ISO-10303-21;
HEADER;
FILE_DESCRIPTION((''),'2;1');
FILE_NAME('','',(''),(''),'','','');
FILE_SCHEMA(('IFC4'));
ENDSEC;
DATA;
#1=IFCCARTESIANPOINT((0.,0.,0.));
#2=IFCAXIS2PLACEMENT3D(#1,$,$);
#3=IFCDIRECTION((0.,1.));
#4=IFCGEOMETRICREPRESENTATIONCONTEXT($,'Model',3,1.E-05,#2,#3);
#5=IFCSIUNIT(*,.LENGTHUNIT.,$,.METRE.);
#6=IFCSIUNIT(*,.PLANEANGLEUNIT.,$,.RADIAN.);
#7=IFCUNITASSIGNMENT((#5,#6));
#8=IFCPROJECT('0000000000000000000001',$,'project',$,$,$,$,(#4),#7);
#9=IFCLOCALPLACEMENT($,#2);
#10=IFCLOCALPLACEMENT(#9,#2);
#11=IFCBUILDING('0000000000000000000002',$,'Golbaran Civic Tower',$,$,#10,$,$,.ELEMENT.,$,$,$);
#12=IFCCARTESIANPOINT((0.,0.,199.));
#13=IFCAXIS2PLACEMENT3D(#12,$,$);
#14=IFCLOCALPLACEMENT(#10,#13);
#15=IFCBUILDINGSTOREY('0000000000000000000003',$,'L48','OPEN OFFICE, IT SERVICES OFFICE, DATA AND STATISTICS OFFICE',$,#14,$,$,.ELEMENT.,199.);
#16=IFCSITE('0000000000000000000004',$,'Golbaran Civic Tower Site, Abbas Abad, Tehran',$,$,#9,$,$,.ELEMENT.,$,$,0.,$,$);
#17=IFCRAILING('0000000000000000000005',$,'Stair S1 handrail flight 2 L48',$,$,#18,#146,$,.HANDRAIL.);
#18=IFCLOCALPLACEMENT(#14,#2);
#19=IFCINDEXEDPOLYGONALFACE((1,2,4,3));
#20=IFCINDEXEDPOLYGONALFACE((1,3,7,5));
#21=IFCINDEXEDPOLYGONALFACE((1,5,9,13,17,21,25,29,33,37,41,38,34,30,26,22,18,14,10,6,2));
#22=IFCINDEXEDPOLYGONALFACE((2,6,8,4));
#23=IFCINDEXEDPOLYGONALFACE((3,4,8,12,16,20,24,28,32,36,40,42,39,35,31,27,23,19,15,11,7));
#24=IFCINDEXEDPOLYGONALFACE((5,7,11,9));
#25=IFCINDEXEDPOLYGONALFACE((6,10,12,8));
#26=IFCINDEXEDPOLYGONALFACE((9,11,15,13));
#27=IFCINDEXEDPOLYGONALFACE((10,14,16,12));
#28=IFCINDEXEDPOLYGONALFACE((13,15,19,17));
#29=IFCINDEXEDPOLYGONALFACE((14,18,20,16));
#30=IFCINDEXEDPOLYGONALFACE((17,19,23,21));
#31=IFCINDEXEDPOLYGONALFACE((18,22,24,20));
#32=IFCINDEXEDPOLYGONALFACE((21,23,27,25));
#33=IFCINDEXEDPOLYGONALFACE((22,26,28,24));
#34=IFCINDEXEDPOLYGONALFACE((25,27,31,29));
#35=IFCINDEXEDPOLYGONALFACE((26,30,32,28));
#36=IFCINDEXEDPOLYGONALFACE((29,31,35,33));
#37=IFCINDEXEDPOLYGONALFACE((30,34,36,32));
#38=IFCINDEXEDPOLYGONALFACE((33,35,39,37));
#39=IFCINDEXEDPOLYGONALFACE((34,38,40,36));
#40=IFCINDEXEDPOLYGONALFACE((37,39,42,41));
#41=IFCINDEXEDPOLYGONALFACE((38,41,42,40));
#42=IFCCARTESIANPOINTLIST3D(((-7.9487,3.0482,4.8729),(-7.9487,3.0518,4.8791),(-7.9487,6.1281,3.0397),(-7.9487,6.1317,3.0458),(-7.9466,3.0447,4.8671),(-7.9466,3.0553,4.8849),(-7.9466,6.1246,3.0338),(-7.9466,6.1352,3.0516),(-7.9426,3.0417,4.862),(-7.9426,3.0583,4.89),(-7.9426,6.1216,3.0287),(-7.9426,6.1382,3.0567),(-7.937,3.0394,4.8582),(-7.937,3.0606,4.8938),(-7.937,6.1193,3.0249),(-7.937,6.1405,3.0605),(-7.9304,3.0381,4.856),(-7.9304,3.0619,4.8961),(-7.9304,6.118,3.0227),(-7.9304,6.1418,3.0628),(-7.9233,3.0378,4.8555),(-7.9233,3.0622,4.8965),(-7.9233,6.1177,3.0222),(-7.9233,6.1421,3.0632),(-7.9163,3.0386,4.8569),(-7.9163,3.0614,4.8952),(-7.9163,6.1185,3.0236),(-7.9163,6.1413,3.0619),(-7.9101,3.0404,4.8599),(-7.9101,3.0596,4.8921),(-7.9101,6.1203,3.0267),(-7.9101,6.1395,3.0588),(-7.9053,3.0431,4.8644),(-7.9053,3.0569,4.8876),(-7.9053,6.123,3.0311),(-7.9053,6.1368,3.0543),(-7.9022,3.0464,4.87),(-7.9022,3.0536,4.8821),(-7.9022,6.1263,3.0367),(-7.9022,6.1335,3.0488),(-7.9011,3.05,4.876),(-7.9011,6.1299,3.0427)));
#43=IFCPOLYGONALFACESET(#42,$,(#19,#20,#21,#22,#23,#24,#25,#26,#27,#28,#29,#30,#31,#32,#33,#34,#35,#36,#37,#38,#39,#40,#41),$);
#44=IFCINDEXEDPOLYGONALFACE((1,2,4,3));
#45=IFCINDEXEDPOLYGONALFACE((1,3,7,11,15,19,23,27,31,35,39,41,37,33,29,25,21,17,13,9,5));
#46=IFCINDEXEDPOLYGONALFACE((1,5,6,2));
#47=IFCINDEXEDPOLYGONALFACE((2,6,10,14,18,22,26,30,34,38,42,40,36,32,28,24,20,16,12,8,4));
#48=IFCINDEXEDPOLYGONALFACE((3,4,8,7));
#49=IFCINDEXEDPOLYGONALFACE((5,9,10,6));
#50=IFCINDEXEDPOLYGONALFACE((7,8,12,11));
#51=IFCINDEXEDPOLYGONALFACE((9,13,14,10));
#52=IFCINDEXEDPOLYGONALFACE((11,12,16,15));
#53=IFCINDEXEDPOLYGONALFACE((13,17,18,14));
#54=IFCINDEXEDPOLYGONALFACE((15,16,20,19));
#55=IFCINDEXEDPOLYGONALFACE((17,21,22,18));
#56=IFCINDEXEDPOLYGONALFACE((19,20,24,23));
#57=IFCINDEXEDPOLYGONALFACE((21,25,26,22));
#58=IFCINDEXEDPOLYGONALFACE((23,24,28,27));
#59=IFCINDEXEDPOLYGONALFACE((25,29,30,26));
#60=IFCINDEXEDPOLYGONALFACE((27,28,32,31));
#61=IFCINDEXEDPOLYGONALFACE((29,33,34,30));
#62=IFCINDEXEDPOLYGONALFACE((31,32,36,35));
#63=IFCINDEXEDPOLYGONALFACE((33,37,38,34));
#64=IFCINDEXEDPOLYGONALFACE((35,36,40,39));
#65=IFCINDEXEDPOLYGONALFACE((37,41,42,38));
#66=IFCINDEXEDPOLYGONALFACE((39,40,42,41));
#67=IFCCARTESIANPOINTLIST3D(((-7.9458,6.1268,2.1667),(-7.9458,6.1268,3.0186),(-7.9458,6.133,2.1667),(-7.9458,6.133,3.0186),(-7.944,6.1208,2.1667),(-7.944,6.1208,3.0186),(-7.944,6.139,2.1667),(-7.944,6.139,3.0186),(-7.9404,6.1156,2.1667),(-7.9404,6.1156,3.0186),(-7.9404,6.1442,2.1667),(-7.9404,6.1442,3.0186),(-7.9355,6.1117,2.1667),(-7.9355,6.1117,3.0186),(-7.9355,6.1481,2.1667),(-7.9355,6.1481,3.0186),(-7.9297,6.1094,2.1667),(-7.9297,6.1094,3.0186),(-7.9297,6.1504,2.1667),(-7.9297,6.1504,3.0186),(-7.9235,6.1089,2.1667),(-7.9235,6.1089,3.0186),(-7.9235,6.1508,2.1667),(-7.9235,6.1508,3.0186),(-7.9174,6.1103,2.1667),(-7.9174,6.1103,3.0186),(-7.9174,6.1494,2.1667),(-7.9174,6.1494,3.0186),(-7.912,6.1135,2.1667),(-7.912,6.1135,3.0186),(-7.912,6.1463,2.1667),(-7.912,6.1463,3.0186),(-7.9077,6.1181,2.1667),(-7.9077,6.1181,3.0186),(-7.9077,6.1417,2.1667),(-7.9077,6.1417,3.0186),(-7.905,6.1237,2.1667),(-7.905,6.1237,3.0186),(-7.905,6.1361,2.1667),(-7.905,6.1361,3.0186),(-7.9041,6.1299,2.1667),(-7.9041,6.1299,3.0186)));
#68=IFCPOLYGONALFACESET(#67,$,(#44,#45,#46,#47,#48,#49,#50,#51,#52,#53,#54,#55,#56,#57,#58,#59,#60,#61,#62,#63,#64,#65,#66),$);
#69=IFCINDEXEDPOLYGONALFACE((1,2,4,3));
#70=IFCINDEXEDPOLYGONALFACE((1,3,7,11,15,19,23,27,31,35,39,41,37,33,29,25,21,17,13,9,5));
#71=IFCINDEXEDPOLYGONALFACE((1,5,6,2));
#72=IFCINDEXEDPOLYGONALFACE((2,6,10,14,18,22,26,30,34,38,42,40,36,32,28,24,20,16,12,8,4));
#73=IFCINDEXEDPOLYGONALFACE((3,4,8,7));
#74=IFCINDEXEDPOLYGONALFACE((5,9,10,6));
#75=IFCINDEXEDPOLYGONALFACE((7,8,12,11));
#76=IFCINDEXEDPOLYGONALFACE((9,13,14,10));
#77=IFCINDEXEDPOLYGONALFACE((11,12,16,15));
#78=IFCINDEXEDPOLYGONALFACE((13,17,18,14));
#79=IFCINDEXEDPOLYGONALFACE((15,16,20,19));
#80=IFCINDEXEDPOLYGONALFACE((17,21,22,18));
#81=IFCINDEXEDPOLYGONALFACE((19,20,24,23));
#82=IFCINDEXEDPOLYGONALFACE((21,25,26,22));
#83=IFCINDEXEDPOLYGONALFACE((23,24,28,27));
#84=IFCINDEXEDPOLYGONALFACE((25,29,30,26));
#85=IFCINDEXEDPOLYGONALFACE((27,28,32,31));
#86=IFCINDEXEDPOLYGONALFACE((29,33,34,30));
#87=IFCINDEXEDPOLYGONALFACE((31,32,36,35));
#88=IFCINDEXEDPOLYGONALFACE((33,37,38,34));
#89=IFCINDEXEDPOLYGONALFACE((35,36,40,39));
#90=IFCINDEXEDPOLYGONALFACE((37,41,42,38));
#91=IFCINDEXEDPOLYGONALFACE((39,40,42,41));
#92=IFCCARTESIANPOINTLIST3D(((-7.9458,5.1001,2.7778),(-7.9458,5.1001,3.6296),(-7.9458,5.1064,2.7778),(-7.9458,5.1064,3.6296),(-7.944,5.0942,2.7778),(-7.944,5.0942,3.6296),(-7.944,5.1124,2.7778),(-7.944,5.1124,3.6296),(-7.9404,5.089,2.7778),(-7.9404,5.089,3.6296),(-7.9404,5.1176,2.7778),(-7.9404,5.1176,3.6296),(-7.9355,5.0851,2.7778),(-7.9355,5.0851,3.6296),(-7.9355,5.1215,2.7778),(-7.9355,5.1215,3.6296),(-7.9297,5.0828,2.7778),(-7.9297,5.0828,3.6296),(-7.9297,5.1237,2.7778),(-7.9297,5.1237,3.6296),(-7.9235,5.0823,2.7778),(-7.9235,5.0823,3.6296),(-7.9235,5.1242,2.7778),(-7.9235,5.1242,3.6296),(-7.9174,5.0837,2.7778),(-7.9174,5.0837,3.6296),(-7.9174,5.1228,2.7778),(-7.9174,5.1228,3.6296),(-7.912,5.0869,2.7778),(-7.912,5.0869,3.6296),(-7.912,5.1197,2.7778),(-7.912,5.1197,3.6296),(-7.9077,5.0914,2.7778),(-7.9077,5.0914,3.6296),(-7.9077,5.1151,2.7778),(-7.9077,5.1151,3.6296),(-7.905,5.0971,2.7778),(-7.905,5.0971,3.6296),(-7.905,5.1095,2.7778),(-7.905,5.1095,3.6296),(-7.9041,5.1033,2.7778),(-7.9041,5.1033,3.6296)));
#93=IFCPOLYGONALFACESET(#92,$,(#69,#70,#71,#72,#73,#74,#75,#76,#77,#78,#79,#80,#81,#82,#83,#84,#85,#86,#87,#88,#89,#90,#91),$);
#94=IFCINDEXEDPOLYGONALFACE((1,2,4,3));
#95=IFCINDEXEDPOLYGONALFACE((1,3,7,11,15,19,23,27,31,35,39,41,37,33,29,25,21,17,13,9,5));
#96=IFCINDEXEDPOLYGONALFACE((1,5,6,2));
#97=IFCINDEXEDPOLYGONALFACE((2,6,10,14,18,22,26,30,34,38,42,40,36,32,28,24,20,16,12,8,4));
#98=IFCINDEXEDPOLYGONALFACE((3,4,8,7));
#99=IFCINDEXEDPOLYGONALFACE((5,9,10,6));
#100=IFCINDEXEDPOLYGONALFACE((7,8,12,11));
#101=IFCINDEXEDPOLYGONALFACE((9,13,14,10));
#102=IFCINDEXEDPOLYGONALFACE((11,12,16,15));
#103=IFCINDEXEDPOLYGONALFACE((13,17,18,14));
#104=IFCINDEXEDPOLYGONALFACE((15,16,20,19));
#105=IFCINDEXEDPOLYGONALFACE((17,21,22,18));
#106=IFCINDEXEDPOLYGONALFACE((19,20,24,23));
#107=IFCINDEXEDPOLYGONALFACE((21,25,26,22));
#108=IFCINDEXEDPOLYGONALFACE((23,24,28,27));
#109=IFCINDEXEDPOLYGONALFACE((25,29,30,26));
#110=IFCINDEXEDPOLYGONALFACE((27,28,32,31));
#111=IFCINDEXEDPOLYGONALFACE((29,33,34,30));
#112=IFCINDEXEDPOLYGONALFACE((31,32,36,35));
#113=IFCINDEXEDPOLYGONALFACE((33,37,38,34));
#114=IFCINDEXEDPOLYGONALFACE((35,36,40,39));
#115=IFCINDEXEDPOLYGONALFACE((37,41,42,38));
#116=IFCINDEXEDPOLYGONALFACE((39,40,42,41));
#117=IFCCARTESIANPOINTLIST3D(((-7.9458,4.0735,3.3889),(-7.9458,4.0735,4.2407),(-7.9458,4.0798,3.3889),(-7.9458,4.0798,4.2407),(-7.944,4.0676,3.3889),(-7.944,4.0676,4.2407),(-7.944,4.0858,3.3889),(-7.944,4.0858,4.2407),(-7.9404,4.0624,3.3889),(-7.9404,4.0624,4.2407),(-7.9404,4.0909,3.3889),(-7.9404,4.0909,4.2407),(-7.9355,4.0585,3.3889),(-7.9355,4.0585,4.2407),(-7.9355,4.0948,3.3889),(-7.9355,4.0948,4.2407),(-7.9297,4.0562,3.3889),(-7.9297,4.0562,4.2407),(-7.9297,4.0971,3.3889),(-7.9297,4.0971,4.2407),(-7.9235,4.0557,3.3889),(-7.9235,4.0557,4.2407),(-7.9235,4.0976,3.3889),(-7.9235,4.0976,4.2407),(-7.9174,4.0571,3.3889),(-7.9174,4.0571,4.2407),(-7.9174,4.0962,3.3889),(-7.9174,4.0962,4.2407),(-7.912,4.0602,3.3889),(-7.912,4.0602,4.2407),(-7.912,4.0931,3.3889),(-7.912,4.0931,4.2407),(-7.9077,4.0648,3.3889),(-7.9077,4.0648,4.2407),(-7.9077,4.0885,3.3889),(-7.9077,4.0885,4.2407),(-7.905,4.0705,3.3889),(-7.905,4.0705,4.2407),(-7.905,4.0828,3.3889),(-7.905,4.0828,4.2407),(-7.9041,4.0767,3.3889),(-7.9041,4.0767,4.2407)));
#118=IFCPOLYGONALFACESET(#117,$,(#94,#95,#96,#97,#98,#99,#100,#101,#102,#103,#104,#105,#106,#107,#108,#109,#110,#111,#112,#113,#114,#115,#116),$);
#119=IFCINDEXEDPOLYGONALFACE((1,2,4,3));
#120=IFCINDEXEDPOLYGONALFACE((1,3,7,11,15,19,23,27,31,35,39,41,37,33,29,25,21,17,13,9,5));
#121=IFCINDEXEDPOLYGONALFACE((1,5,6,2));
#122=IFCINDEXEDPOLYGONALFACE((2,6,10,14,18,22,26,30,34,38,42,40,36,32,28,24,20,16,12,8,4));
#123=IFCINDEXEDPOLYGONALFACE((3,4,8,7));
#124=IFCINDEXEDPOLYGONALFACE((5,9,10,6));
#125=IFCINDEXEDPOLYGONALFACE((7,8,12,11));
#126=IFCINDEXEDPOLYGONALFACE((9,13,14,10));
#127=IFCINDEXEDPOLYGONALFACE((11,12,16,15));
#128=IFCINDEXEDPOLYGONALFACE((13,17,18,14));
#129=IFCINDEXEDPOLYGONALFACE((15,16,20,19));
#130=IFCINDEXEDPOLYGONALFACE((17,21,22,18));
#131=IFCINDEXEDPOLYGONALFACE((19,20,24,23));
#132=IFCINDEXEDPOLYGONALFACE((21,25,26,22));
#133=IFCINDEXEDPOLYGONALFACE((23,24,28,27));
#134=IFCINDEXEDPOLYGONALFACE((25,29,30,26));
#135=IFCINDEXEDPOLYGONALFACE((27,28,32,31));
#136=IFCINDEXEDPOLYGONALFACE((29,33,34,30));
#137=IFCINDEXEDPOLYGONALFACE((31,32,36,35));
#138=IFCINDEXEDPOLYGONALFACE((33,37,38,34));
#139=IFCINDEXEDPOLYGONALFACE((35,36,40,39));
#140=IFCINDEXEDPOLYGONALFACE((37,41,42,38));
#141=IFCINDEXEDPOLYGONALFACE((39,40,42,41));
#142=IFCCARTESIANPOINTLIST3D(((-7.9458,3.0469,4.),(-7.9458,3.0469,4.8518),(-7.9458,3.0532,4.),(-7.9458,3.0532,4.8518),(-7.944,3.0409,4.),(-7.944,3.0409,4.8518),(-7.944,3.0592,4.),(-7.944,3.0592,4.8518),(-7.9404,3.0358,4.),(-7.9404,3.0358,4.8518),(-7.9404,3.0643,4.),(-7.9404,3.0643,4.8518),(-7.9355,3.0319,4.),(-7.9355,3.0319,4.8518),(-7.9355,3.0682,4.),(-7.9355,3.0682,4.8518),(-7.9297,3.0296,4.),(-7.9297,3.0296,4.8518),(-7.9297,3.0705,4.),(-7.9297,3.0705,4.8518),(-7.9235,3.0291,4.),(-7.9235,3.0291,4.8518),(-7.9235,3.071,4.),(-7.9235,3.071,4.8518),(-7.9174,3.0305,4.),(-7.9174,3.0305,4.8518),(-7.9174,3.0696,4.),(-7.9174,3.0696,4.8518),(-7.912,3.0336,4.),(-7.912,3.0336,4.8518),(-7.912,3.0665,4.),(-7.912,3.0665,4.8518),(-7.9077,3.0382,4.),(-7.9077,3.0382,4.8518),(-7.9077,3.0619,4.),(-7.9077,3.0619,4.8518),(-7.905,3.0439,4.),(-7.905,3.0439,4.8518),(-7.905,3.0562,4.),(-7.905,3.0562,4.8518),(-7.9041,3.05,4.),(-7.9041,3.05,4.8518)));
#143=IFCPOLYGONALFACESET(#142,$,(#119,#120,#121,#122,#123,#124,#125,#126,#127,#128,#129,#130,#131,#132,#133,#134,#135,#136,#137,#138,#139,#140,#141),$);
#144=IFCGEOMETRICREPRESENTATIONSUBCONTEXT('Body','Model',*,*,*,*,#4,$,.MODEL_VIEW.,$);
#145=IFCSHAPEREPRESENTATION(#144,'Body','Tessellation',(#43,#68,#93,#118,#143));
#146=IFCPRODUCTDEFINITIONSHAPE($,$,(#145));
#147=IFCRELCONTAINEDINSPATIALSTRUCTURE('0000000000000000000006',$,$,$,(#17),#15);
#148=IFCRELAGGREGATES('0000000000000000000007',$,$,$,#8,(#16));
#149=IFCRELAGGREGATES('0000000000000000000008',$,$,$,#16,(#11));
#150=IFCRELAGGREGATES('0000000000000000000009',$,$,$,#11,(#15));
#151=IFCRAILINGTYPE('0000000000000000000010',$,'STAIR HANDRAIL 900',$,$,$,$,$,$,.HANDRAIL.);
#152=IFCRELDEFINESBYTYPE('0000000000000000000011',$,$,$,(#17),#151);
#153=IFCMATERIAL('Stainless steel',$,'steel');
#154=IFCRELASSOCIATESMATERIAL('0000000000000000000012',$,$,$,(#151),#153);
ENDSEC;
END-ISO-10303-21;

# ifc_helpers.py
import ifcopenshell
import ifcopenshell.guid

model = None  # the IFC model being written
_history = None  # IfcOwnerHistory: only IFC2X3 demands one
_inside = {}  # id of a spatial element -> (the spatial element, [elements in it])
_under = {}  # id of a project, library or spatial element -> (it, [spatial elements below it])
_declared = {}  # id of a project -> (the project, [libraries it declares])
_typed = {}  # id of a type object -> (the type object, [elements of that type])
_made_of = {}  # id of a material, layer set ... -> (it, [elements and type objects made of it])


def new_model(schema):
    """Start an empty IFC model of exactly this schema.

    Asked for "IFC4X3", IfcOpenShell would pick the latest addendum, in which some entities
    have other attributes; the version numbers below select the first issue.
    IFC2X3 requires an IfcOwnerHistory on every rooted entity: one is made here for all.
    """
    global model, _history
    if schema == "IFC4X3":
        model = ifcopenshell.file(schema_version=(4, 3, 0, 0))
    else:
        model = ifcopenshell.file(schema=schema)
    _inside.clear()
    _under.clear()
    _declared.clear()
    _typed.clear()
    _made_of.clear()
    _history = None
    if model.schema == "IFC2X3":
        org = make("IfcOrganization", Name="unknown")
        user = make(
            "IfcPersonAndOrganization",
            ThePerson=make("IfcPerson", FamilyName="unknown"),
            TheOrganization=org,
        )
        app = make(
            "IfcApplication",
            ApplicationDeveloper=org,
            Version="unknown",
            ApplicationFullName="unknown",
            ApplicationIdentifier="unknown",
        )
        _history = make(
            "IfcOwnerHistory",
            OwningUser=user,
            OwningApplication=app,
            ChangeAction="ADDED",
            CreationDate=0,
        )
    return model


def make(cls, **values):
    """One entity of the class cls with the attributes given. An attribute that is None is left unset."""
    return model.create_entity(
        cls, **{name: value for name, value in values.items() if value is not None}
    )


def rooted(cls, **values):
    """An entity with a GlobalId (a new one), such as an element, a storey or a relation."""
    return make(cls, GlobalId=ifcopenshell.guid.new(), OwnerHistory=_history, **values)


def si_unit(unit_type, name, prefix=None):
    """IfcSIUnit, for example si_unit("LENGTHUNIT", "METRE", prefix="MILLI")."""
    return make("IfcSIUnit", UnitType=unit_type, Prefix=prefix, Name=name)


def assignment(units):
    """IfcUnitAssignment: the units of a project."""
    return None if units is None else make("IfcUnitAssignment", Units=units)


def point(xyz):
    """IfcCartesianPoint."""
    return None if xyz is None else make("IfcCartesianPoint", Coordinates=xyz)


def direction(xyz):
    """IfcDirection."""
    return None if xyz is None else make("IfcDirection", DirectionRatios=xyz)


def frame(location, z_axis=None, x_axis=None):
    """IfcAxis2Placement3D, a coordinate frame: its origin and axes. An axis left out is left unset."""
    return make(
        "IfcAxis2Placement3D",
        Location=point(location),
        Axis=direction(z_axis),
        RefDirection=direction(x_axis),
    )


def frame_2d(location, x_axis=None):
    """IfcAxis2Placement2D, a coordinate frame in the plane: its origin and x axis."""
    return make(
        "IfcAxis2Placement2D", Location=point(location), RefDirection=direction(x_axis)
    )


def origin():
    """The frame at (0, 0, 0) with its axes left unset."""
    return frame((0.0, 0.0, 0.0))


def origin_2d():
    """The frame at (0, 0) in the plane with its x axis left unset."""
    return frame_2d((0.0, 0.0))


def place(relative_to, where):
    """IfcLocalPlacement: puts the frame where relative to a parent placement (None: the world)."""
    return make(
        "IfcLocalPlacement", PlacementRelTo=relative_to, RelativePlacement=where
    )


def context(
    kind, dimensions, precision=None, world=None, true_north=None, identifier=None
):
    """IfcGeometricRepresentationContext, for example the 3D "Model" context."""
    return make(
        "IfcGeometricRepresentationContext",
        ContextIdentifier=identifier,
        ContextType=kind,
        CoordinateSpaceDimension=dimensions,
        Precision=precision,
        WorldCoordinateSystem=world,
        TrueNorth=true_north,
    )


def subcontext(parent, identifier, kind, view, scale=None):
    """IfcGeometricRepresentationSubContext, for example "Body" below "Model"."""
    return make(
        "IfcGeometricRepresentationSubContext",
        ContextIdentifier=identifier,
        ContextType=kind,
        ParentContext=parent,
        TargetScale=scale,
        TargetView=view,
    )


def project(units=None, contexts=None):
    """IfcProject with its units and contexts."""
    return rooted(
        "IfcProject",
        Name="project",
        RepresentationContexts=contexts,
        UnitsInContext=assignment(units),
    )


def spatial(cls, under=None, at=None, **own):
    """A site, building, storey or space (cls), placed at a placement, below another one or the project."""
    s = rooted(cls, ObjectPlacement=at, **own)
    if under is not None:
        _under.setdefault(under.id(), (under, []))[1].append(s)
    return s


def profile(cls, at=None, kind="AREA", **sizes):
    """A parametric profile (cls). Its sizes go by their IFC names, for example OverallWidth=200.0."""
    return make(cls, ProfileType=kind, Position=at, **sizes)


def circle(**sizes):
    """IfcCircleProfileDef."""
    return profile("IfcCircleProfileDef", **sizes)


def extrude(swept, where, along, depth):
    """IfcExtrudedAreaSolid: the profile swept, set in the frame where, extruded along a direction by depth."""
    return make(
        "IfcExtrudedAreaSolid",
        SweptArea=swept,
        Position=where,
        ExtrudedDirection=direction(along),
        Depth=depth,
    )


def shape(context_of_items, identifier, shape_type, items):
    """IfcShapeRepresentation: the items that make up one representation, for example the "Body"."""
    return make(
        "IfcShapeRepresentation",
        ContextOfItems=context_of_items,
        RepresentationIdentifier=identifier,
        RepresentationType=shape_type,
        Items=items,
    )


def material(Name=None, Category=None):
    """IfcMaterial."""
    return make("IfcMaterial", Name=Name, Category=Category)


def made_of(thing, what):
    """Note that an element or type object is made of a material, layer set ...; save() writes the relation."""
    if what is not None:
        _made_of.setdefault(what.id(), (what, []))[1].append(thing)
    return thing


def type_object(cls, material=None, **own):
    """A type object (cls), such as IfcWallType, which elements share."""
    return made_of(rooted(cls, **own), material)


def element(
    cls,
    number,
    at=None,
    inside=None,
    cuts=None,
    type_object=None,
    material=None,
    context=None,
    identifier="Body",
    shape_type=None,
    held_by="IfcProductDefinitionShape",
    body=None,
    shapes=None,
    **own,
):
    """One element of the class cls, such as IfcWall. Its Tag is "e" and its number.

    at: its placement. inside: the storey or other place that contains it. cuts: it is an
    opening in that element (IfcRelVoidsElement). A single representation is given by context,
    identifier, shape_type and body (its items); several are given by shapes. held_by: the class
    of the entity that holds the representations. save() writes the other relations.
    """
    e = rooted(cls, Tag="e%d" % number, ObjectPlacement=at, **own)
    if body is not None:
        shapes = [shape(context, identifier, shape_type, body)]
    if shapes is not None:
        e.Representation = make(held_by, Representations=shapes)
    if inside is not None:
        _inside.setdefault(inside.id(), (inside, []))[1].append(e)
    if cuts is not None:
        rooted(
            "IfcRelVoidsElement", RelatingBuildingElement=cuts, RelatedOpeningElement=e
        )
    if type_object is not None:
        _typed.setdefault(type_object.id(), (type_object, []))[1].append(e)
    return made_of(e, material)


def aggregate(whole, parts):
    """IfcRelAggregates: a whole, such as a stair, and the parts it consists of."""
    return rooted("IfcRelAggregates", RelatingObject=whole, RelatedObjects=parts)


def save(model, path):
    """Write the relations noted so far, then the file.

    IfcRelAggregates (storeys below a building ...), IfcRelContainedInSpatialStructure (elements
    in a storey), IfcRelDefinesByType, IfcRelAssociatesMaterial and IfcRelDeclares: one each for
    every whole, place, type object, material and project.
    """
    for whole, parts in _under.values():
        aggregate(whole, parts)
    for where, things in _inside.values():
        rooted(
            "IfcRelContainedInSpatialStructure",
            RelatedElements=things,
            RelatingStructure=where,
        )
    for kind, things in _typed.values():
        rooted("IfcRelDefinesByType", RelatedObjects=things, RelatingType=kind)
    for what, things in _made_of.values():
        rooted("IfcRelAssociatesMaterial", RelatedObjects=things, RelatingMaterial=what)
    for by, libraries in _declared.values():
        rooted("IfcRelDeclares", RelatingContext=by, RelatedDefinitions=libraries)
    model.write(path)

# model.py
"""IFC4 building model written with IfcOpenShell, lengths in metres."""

from ifc_helpers import new_model, si_unit, direction, frame, origin, origin_2d, place, context, subcontext, project, spatial, circle, extrude, material, type_object, element, save


model = new_model("IFC4")

# Units and contexts
model_context = context("Model", 3, precision=1e-05, world=origin(), true_north=direction((0.0, 1.0)))
body_context = subcontext(model_context, "Body", "Model", "MODEL_VIEW")
ifc_project = project(units=[si_unit("LENGTHUNIT", "METRE"), si_unit("PLANEANGLEUNIT", "RADIAN")], contexts=[model_context])

# Site, building, storey
site_placement = place(None, origin())
site = spatial("IfcSite", under=ifc_project, at=site_placement, Name="Golbaran Civic Tower Site, Abbas Abad, Tehran", CompositionType="ELEMENT", RefElevation=0.0)
building_placement = place(site_placement, origin())
building = spatial("IfcBuilding", under=site, at=building_placement, Name="Golbaran Civic Tower", CompositionType="ELEMENT")
storey_placement = place(building_placement, frame((0.0, 0.0, 199.0)))
storey = spatial("IfcBuildingStorey", under=building, at=storey_placement, Name="L48", Description="OPEN OFFICE, IT SERVICES OFFICE, DATA AND STATISTICS OFFICE", CompositionType="ELEMENT", Elevation=199.0)

# Shared definitions
ifc_material_1 = material(Name="Stainless steel", Category="steel")

# Railing
railing_type = type_object("IfcRailingType", Name="STAIR HANDRAIL 900", PredefinedType="HANDRAIL", material=ifc_material_1)
railing_1_placement = place(storey_placement, frame((-7.925, 6.1299, 2.1667)))
element("IfcRailing", 1, at=railing_1_placement, inside=storey, type_object=railing_type, Name="Stair S1 handrail flight 2 L48", PredefinedType="HANDRAIL", context=body_context, shape_type="SweptSolid", body=[
    extrude(circle(Radius=0.0239, at=origin_2d()), frame((0.0, 0.0, 0.876), z_axis=(0.0, -0.859291, 0.511487), x_axis=(1.0, 0.0, 0.0)), (0.0, 0.0, 1.0), 3.5842),
    extrude(circle(Radius=0.021, at=origin_2d()), origin(), (0.0, 0.0, 1.0), 0.8518),
    extrude(circle(Radius=0.021, at=origin_2d()), frame((0.0, -1.0266, 0.6111)), (0.0, 0.0, 1.0), 0.8518),
    extrude(circle(Radius=0.021, at=origin_2d()), frame((0.0, -2.0532, 1.2222)), (0.0, 0.0, 1.0), 0.8518),
    extrude(circle(Radius=0.021, at=origin_2d()), frame((0.0, -3.0798, 1.8333)), (0.0, 0.0, 1.0), 0.8518),
])

save(model, "model.ifc")
